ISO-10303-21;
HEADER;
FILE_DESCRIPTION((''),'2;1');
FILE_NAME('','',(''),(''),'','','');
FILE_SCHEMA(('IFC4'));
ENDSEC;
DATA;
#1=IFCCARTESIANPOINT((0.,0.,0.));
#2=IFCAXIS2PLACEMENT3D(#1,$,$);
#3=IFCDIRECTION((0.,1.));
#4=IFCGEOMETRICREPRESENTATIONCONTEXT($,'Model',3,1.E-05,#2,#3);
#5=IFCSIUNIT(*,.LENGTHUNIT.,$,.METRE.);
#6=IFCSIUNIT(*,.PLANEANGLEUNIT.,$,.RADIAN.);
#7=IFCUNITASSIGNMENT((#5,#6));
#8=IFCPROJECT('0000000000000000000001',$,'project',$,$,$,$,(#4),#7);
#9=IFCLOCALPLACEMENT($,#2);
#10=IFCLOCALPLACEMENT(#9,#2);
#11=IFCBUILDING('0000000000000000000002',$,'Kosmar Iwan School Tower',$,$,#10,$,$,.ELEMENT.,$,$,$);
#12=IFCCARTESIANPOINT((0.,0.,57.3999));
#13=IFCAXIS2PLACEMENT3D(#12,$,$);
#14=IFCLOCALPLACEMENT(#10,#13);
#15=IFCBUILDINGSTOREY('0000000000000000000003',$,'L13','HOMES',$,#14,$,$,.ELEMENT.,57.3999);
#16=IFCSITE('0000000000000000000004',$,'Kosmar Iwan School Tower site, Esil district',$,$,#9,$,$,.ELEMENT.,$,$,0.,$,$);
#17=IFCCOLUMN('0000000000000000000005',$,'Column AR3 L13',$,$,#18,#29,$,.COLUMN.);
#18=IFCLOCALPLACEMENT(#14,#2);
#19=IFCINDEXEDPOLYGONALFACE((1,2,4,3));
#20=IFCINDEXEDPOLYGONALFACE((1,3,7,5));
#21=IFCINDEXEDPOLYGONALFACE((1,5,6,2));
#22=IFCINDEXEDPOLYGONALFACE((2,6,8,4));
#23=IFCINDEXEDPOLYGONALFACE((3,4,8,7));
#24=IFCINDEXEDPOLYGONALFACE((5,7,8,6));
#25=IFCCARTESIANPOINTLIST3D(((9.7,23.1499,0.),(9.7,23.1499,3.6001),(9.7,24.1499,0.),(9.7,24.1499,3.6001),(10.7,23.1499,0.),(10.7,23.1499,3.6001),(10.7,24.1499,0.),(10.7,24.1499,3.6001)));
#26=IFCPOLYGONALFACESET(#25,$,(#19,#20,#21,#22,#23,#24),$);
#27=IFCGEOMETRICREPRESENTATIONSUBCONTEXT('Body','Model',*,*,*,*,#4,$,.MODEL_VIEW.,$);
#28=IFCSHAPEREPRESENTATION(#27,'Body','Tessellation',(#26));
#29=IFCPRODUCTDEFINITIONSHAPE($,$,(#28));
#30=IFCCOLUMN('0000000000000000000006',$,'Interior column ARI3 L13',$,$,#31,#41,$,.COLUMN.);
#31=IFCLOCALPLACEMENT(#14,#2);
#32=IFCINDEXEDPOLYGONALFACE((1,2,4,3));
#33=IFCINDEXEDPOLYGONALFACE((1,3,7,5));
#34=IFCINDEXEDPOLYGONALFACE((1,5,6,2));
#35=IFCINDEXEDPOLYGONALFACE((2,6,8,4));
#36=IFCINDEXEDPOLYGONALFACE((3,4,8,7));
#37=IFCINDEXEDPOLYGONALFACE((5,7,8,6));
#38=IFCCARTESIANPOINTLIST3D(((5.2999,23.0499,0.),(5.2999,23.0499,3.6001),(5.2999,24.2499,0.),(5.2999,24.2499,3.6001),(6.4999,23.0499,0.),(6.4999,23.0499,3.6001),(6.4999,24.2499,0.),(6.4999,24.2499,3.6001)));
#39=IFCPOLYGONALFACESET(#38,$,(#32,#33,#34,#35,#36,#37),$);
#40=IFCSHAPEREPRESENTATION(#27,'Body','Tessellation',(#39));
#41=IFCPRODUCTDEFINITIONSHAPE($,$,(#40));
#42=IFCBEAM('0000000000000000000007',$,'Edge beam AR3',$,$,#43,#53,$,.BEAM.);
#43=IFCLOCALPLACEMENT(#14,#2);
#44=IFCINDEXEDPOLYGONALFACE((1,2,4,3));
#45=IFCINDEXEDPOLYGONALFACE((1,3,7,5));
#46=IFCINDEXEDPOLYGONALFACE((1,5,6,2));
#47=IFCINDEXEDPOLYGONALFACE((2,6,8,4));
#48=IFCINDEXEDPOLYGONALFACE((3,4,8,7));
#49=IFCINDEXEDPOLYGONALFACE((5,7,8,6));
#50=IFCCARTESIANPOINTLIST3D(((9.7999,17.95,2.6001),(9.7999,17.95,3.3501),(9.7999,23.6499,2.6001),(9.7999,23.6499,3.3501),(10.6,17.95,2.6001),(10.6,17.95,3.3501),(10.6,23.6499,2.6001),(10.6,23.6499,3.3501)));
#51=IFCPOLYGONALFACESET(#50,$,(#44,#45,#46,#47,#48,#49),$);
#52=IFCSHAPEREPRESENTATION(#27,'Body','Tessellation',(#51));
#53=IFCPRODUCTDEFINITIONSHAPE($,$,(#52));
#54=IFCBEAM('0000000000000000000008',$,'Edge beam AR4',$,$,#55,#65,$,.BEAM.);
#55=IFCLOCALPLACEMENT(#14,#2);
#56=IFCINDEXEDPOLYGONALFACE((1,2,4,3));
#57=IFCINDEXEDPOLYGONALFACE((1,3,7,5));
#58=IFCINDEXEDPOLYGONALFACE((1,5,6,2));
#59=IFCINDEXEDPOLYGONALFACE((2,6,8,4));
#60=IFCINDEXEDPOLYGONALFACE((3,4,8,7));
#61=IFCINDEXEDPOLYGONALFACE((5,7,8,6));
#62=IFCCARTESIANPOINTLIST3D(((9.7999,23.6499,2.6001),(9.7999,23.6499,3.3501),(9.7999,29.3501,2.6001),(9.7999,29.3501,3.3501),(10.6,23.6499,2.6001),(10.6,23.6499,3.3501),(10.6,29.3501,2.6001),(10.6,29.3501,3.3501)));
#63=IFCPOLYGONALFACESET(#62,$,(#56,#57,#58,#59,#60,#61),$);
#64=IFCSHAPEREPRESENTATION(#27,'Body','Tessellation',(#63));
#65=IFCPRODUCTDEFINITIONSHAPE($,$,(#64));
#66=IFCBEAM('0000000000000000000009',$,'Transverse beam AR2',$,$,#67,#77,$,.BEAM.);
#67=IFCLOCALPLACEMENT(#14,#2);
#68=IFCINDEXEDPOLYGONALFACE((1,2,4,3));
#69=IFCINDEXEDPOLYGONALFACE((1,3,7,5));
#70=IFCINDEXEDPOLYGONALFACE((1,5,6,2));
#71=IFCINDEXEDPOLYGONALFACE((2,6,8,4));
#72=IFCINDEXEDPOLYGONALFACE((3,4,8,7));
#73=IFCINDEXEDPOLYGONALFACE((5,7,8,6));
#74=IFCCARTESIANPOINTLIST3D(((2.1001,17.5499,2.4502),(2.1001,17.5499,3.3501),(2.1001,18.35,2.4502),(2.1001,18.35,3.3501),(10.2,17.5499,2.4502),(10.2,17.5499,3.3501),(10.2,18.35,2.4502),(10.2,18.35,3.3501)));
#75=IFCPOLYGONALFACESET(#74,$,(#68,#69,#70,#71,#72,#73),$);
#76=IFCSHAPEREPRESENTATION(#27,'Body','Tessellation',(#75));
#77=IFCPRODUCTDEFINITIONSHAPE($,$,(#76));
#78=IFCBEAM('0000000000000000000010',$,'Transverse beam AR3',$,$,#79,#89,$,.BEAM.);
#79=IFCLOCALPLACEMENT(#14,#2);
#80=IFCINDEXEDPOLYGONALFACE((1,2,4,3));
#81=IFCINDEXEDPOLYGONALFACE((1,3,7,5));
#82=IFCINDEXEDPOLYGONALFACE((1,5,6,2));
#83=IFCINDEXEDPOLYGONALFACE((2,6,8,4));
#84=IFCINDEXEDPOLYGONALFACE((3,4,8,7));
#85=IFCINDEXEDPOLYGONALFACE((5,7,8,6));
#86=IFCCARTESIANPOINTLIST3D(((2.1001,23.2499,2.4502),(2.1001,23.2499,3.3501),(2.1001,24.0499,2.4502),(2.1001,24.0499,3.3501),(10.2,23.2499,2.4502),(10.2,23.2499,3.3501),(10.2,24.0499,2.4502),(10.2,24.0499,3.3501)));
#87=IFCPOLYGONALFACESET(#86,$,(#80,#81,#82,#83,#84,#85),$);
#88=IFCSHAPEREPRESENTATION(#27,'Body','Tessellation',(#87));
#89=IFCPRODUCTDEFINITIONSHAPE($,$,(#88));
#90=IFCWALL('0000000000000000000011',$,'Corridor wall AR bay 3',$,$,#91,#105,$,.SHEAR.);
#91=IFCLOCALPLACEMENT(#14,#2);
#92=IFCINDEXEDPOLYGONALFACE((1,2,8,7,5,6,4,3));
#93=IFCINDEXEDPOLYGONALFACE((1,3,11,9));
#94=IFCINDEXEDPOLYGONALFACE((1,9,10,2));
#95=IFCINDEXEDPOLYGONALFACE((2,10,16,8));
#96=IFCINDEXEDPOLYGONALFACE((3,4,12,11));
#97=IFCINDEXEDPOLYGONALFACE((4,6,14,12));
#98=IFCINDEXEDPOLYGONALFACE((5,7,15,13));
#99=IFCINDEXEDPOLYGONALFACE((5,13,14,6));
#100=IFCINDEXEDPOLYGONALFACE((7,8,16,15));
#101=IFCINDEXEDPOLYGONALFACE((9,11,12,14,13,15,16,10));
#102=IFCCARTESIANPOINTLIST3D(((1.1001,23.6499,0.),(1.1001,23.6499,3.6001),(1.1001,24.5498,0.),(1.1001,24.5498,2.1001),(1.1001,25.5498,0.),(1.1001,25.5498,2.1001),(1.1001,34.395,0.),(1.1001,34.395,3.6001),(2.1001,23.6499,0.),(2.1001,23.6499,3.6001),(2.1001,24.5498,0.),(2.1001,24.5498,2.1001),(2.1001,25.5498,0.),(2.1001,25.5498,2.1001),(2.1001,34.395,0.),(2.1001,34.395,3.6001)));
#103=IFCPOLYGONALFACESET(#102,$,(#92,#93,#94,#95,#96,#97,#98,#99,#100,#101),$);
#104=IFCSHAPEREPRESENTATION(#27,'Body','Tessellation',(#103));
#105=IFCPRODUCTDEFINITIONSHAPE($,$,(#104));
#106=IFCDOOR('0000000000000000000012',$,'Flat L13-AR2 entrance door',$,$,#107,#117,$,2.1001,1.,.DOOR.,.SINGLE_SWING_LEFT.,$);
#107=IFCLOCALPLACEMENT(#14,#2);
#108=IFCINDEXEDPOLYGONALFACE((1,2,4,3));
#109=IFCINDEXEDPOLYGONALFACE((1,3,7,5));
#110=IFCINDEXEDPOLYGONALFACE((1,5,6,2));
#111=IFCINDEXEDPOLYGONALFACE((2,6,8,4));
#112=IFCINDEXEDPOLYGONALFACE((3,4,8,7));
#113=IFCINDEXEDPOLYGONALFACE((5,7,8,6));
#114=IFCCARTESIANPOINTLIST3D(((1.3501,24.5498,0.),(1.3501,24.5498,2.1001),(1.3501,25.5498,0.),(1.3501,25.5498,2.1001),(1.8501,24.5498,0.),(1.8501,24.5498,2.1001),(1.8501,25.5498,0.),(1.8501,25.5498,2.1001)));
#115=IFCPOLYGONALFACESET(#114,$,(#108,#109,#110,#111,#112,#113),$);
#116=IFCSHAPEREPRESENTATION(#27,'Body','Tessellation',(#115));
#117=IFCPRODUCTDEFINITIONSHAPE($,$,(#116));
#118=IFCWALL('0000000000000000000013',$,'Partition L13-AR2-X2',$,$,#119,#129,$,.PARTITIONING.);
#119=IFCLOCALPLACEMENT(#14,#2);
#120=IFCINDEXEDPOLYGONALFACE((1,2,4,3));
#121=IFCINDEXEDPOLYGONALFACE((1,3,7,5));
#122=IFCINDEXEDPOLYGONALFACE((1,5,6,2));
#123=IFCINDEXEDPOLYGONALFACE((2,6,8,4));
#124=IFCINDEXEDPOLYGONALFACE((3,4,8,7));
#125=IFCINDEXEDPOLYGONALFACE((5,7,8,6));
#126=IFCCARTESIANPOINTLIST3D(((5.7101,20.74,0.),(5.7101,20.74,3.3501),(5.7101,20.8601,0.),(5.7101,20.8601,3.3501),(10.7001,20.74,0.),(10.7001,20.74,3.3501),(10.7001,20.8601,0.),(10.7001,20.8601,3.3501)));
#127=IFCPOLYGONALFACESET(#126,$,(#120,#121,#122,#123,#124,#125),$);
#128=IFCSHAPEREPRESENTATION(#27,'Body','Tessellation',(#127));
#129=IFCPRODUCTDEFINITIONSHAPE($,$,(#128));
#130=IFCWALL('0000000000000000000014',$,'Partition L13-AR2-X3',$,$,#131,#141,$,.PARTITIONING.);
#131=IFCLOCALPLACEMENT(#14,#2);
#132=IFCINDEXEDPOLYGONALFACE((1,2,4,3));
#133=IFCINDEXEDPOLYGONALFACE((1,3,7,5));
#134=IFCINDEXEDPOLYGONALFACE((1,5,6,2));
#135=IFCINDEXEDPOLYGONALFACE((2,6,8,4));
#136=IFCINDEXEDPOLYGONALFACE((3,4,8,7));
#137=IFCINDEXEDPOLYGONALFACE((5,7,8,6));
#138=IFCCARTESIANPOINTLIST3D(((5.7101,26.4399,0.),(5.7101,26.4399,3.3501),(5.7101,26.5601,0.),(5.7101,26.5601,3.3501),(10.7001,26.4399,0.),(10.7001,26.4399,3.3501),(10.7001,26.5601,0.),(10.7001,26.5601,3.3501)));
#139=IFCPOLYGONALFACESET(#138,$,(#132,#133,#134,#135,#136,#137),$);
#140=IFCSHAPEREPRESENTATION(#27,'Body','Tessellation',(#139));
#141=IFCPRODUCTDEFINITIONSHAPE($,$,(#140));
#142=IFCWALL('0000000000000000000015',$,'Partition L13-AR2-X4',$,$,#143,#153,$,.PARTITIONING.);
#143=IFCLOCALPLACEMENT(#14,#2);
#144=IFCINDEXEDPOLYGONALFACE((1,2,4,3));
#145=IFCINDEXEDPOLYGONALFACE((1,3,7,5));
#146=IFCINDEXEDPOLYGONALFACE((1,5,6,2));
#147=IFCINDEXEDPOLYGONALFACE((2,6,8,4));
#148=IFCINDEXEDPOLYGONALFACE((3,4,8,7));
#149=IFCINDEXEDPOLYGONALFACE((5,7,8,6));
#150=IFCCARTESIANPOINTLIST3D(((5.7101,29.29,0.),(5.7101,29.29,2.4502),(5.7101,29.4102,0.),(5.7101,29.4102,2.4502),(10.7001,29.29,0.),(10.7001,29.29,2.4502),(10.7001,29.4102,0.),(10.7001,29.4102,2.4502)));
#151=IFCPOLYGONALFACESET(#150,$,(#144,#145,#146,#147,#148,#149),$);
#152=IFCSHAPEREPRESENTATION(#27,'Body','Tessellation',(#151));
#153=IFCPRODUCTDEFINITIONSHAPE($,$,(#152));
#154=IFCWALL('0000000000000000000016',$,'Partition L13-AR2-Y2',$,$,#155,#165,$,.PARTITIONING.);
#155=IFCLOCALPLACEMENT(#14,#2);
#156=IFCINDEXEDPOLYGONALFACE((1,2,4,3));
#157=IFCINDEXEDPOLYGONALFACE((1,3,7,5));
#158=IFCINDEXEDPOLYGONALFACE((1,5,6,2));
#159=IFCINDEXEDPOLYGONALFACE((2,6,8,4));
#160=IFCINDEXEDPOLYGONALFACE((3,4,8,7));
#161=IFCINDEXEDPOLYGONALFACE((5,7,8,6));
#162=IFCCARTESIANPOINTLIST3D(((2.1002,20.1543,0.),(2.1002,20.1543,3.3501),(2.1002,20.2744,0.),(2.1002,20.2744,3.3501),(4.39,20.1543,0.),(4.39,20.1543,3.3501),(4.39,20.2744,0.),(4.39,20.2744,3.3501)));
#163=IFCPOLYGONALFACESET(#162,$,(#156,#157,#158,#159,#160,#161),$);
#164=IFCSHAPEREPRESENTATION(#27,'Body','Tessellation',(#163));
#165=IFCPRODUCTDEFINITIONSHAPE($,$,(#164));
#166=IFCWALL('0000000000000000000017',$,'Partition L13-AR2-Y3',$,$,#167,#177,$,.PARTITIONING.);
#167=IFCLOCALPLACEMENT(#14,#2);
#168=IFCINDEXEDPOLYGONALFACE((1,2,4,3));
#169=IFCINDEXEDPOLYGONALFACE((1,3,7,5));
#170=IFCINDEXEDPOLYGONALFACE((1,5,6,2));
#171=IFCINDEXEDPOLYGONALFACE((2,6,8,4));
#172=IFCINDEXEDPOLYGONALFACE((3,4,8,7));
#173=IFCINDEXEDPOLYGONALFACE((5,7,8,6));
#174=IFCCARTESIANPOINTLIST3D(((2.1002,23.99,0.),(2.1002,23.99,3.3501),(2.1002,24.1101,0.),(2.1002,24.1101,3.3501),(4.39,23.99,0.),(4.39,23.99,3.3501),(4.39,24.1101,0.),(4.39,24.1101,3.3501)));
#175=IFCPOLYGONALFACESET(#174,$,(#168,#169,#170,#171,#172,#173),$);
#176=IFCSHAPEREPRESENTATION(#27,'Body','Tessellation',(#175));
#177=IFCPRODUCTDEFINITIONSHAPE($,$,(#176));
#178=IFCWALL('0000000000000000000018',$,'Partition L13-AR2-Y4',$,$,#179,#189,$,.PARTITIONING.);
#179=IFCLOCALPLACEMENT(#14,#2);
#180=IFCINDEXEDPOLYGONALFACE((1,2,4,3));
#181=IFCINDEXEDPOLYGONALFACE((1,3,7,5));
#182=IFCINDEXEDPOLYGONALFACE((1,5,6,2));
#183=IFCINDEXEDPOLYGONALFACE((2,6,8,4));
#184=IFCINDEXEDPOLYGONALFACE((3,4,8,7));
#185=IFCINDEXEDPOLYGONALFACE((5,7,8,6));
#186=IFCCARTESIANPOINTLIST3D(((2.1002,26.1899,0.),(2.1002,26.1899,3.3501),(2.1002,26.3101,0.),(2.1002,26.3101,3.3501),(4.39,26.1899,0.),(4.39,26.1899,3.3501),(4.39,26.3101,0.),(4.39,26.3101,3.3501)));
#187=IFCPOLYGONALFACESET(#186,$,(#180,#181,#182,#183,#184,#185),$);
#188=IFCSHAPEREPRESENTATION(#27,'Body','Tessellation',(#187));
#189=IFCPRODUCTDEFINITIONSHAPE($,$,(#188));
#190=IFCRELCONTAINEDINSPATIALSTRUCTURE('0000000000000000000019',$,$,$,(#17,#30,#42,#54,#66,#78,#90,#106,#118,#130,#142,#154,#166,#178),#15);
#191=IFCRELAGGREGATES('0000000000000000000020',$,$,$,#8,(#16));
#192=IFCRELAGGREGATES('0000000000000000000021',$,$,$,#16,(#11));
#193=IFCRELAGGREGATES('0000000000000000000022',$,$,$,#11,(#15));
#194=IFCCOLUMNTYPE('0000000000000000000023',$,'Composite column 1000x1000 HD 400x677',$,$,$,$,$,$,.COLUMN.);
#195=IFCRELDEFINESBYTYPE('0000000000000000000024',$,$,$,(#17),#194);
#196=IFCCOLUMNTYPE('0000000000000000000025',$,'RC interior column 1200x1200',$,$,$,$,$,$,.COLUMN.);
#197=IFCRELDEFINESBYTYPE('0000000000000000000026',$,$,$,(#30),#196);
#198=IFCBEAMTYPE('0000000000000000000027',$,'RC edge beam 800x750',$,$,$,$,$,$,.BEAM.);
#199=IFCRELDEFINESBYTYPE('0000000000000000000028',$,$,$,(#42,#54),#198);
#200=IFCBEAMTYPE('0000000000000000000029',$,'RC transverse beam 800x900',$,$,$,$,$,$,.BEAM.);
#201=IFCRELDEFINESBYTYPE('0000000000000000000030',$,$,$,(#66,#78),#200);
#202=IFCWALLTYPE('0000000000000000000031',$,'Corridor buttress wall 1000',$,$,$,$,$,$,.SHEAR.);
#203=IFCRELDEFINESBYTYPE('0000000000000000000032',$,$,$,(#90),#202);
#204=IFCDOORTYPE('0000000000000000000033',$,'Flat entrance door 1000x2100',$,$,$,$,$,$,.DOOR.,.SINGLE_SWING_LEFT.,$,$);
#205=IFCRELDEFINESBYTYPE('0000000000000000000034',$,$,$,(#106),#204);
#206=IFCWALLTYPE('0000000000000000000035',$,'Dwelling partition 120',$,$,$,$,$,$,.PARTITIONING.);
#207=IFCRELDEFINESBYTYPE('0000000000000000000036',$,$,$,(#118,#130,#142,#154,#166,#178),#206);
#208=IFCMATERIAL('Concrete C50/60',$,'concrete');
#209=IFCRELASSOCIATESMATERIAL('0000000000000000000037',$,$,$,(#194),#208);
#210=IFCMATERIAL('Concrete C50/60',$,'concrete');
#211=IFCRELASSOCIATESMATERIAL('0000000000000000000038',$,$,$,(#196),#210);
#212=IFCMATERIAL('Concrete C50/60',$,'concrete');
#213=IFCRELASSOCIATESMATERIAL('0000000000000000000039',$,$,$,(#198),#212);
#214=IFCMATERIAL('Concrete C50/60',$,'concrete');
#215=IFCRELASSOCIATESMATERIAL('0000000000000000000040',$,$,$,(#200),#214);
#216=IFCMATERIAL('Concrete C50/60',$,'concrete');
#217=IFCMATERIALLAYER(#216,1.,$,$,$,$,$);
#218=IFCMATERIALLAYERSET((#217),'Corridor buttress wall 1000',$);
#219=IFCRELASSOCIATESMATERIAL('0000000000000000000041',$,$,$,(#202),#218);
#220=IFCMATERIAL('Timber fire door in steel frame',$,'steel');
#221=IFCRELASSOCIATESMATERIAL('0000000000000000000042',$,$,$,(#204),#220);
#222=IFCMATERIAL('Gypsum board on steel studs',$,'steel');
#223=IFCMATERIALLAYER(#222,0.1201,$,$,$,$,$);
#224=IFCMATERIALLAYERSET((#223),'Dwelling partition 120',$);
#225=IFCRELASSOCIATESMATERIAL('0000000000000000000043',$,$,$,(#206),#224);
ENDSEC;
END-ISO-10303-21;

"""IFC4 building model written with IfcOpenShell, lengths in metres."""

from ifc_helpers import new_model, si_unit, direction, frame, frame_2d, origin, origin_2d, place, context, subcontext, project, spatial, rectangle, extrude, material, layer, layer_set, material_profile, profile_set, type_object, element, fill, save


model = new_model("IFC4")

# Units and contexts
model_context = context("Model", 3, precision=1e-05, world=origin(), true_north=direction((0.0, 1.0)))
body_context = subcontext(model_context, "Body", "Model", "MODEL_VIEW")
ifc_project = project(units=[si_unit("LENGTHUNIT", "METRE"), si_unit("PLANEANGLEUNIT", "RADIAN")], contexts=[model_context])

# Site, building, storey
site_placement = place(None, origin())
site = spatial("IfcSite", under=ifc_project, at=site_placement, Name="Kosmar Iwan School Tower site, Esil district", CompositionType="ELEMENT", RefElevation=0.0)
building_placement = place(site_placement, origin())
building = spatial("IfcBuilding", under=site, at=building_placement, Name="Kosmar Iwan School Tower", CompositionType="ELEMENT")
storey_placement = place(building_placement, frame((0.0, 0.0, 57.3999)))
storey = spatial("IfcBuildingStorey", under=building, at=storey_placement, Name="L13", Description="HOMES", CompositionType="ELEMENT", Elevation=57.3999)

# Columns
ifc_material_1 = material(Name="Concrete C50/60", Category="concrete")
ifc_material_profile_1 = material_profile(ifc_material_1, rectangle(XDim=1.0, YDim=1.0, at=origin_2d()), Name="RC 1000x1000 + HD 400x677")
ifc_profile_set_1 = profile_set([ifc_material_profile_1], Name="Concrete C50/60")
column_type_1 = type_object("IfcColumnType", Name="Composite column 1000x1000 HD 400x677", PredefinedType="COLUMN", material=ifc_profile_set_1)
column_1_placement = place(storey_placement, frame((10.2, 23.6499, 0.0), z_axis=(0.0, 0.0, 1.0), x_axis=(0.0, 1.0, 0.0)))
element("IfcColumn", 1, at=column_1_placement, inside=storey, type_object=column_type_1, Name="Column AR3 L13", PredefinedType="COLUMN", context=body_context, shape_type="SweptSolid", body=[
    extrude(rectangle(XDim=1.0, YDim=1.0, at=origin_2d()), origin(), (0.0, 0.0, 1.0), 3.6001),
])
ifc_material_2 = material(Name="Concrete C50/60", Category="concrete")
ifc_material_profile_2 = material_profile(ifc_material_2, rectangle(XDim=1.2, YDim=1.2, at=origin_2d()), Name="RC 1200x1200")
ifc_profile_set_2 = profile_set([ifc_material_profile_2], Name="Concrete C50/60")
column_type_2 = type_object("IfcColumnType", Name="RC interior column 1200x1200", PredefinedType="COLUMN", material=ifc_profile_set_2)
column_2_placement = place(storey_placement, frame((5.8999, 23.6499, 0.0), z_axis=(0.0, 0.0, 1.0), x_axis=(0.0, 1.0, 0.0)))
element("IfcColumn", 2, at=column_2_placement, inside=storey, type_object=column_type_2, Name="Interior column ARI3 L13", PredefinedType="COLUMN", context=body_context, shape_type="SweptSolid", body=[
    extrude(rectangle(XDim=1.2, YDim=1.2, at=origin_2d()), origin(), (0.0, 0.0, 1.0), 3.6001),
])

# Beams
ifc_material_3 = material(Name="Concrete C50/60", Category="concrete")
ifc_material_profile_3 = material_profile(ifc_material_3, rectangle(XDim=0.8, YDim=0.75, at=origin_2d()), Name="RC 800x750")
ifc_profile_set_3 = profile_set([ifc_material_profile_3], Name="Concrete C50/60")
beam_type_1 = type_object("IfcBeamType", Name="RC edge beam 800x750", PredefinedType="BEAM", material=ifc_profile_set_3)
beam_1_placement = place(storey_placement, frame((10.2, 17.95, 2.9751), z_axis=(0.0, 1.0, 0.0), x_axis=(-1.0, 0.0, 0.0)))
element("IfcBeam", 3, at=beam_1_placement, inside=storey, type_object=beam_type_1, Name="Edge beam AR3", PredefinedType="BEAM", context=body_context, shape_type="SweptSolid", body=[
    extrude(rectangle(XDim=0.8, YDim=0.75, at=origin_2d()), origin(), (0.0, 0.0, 1.0), 5.7),
])
beam_2_placement = place(storey_placement, frame((10.2, 23.6499, 2.9751), z_axis=(0.0, 1.0, 0.0), x_axis=(-1.0, 0.0, 0.0)))
element("IfcBeam", 4, at=beam_2_placement, inside=storey, type_object=beam_type_1, Name="Edge beam AR4", PredefinedType="BEAM", context=body_context, shape_type="SweptSolid", body=[
    extrude(rectangle(XDim=0.8, YDim=0.75, at=origin_2d()), origin(), (0.0, 0.0, 1.0), 5.7002),
])
ifc_material_4 = material(Name="Concrete C50/60", Category="concrete")
ifc_material_profile_4 = material_profile(ifc_material_4, rectangle(XDim=0.8, YDim=0.8999, at=origin_2d()), Name="RC 800x900")
ifc_profile_set_4 = profile_set([ifc_material_profile_4], Name="Concrete C50/60")
beam_type_2 = type_object("IfcBeamType", Name="RC transverse beam 800x900", PredefinedType="BEAM", material=ifc_profile_set_4)
for number, where, z_axis, x_axis, name in (
    (5, (10.2, 17.95, 2.9001), (-1.0, 0.0, 0.0), (0.0, -1.0, 0.0), "Transverse beam AR2"),
    (6, (10.2, 23.6499, 2.9001), (-1.0, 0.0, 0.0), (0.0, -1.0, 0.0), "Transverse beam AR3"),
):
    element("IfcBeam", number, at=place(storey_placement, frame(where, z_axis=z_axis, x_axis=x_axis)), inside=storey, type_object=beam_type_2, Name=name, PredefinedType="BEAM", context=body_context, shape_type="SweptSolid", body=[
        extrude(rectangle(XDim=0.8, YDim=0.8999, at=origin_2d()), origin(), (0.0, 0.0, 1.0), 8.0999),
    ])

# Wall, opening, door
ifc_material_5 = material(Name="Concrete C50/60", Category="concrete")
ifc_layer_1 = layer(ifc_material_5, 1.0)
ifc_layer_set_1 = layer_set([ifc_layer_1], Name="Corridor buttress wall 1000")
wall_type_1 = type_object("IfcWallType", Name="Corridor buttress wall 1000", PredefinedType="SHEAR", material=ifc_layer_set_1)
wall_1_placement = place(storey_placement, frame((1.6001, 23.6499, 0.0), z_axis=(0.0, 0.0, 1.0), x_axis=(0.0, 1.0, 0.0)))
wall_1 = element("IfcWall", 7, at=wall_1_placement, inside=storey, type_object=wall_type_1, Name="Corridor wall AR bay 3", PredefinedType="SHEAR", context=body_context, shape_type="SweptSolid", body=[
    extrude(rectangle(XDim=10.7451, YDim=1.0, at=frame_2d((5.3726, 0.0))), origin(), (0.0, 0.0, 1.0), 3.6001),
])
opening_placement = place(wall_1_placement, frame((0.8999, 0.0, 0.0)))
opening = element("IfcOpeningElement", 8, at=opening_placement, cuts=wall_1, PredefinedType="OPENING", context=body_context, shape_type="SweptSolid", body=[
    extrude(rectangle(XDim=1.0, YDim=2.1001, at=frame_2d((0.5, 1.05))), frame((0.0, 0.512, 0.0), z_axis=(0.0, -1.0, 0.0), x_axis=(1.0, 0.0, 0.0)), (0.0, 0.0, 1.0), 1.0239),
])
ifc_material_6 = material(Name="Timber fire door in steel frame", Category="steel")
door_type = type_object("IfcDoorType", Name="Flat entrance door 1000x2100", OperationType="SINGLE_SWING_LEFT", PredefinedType="DOOR", material=ifc_material_6)
door_placement = place(opening_placement, origin())
door = element("IfcDoor", 9, at=door_placement, inside=storey, type_object=door_type, Name="Flat L13-AR2 entrance door", OperationType="SINGLE_SWING_LEFT", OverallHeight=2.1001, OverallWidth=1.0, PredefinedType="DOOR", context=body_context, shape_type="SweptSolid", body=[
    extrude(rectangle(XDim=1.0, YDim=2.1001, at=frame_2d((0.5, 1.05))), frame((0.0, 0.25, 0.0), z_axis=(0.0, -1.0, 0.0), x_axis=(1.0, 0.0, 0.0)), (0.0, 0.0, 1.0), 0.5),
])
fill(opening, door)

# Walls
ifc_material_7 = material(Name="Gypsum board on steel studs", Category="steel")
ifc_layer_2 = layer(ifc_material_7, 0.1201)
ifc_layer_set_2 = layer_set([ifc_layer_2], Name="Dwelling partition 120")
wall_type_2 = type_object("IfcWallType", Name="Dwelling partition 120", PredefinedType="PARTITIONING", material=ifc_layer_set_2)
for number, where, z_axis, x_axis, name in (
    (10, (5.71, 20.8, 0.0), (0.0, 0.0, 1.0), (1.0, 0.0, 0.0), "Partition L13-AR2-X2"),
    (11, (5.71, 26.5, 0.0), (0.0, 0.0, 1.0), (1.0, 0.0, 0.0), "Partition L13-AR2-X3"),
):
    element("IfcWall", number, at=place(storey_placement, frame(where, z_axis=z_axis, x_axis=x_axis)), inside=storey, type_object=wall_type_2, Name=name, PredefinedType="PARTITIONING", context=body_context, shape_type="SweptSolid", body=[
        extrude(rectangle(XDim=4.99, YDim=0.1201, at=frame_2d((2.4951, 0.0))), origin(), (0.0, 0.0, 1.0), 3.3501),
    ])
wall_2_placement = place(storey_placement, frame((5.71, 29.3501, 0.0), z_axis=(0.0, 0.0, 1.0), x_axis=(1.0, 0.0, 0.0)))
element("IfcWall", 12, at=wall_2_placement, inside=storey, type_object=wall_type_2, Name="Partition L13-AR2-X4", PredefinedType="PARTITIONING", context=body_context, shape_type="SweptSolid", body=[
    extrude(rectangle(XDim=4.99, YDim=0.1201, at=frame_2d((2.4951, 0.0))), origin(), (0.0, 0.0, 1.0), 2.4502),
])
for number, where, z_axis, x_axis, name in (
    (13, (2.1001, 20.2144, 0.0), (0.0, 0.0, 1.0), (1.0, 0.0, 0.0), "Partition L13-AR2-Y2"),
    (14, (2.1001, 24.05, 0.0), (0.0, 0.0, 1.0), (1.0, 0.0, 0.0), "Partition L13-AR2-Y3"),
    (15, (2.1001, 26.25, 0.0), (0.0, 0.0, 1.0), (1.0, 0.0, 0.0), "Partition L13-AR2-Y4"),
):
    element("IfcWall", number, at=place(storey_placement, frame(where, z_axis=z_axis, x_axis=x_axis)), inside=storey, type_object=wall_type_2, Name=name, PredefinedType="PARTITIONING", context=body_context, shape_type="SweptSolid", body=[
        extrude(rectangle(XDim=2.2898, YDim=0.1201, at=frame_2d((1.145, 0.0))), origin(), (0.0, 0.0, 1.0), 3.3501),
    ])

save(model, "model.ifc")
